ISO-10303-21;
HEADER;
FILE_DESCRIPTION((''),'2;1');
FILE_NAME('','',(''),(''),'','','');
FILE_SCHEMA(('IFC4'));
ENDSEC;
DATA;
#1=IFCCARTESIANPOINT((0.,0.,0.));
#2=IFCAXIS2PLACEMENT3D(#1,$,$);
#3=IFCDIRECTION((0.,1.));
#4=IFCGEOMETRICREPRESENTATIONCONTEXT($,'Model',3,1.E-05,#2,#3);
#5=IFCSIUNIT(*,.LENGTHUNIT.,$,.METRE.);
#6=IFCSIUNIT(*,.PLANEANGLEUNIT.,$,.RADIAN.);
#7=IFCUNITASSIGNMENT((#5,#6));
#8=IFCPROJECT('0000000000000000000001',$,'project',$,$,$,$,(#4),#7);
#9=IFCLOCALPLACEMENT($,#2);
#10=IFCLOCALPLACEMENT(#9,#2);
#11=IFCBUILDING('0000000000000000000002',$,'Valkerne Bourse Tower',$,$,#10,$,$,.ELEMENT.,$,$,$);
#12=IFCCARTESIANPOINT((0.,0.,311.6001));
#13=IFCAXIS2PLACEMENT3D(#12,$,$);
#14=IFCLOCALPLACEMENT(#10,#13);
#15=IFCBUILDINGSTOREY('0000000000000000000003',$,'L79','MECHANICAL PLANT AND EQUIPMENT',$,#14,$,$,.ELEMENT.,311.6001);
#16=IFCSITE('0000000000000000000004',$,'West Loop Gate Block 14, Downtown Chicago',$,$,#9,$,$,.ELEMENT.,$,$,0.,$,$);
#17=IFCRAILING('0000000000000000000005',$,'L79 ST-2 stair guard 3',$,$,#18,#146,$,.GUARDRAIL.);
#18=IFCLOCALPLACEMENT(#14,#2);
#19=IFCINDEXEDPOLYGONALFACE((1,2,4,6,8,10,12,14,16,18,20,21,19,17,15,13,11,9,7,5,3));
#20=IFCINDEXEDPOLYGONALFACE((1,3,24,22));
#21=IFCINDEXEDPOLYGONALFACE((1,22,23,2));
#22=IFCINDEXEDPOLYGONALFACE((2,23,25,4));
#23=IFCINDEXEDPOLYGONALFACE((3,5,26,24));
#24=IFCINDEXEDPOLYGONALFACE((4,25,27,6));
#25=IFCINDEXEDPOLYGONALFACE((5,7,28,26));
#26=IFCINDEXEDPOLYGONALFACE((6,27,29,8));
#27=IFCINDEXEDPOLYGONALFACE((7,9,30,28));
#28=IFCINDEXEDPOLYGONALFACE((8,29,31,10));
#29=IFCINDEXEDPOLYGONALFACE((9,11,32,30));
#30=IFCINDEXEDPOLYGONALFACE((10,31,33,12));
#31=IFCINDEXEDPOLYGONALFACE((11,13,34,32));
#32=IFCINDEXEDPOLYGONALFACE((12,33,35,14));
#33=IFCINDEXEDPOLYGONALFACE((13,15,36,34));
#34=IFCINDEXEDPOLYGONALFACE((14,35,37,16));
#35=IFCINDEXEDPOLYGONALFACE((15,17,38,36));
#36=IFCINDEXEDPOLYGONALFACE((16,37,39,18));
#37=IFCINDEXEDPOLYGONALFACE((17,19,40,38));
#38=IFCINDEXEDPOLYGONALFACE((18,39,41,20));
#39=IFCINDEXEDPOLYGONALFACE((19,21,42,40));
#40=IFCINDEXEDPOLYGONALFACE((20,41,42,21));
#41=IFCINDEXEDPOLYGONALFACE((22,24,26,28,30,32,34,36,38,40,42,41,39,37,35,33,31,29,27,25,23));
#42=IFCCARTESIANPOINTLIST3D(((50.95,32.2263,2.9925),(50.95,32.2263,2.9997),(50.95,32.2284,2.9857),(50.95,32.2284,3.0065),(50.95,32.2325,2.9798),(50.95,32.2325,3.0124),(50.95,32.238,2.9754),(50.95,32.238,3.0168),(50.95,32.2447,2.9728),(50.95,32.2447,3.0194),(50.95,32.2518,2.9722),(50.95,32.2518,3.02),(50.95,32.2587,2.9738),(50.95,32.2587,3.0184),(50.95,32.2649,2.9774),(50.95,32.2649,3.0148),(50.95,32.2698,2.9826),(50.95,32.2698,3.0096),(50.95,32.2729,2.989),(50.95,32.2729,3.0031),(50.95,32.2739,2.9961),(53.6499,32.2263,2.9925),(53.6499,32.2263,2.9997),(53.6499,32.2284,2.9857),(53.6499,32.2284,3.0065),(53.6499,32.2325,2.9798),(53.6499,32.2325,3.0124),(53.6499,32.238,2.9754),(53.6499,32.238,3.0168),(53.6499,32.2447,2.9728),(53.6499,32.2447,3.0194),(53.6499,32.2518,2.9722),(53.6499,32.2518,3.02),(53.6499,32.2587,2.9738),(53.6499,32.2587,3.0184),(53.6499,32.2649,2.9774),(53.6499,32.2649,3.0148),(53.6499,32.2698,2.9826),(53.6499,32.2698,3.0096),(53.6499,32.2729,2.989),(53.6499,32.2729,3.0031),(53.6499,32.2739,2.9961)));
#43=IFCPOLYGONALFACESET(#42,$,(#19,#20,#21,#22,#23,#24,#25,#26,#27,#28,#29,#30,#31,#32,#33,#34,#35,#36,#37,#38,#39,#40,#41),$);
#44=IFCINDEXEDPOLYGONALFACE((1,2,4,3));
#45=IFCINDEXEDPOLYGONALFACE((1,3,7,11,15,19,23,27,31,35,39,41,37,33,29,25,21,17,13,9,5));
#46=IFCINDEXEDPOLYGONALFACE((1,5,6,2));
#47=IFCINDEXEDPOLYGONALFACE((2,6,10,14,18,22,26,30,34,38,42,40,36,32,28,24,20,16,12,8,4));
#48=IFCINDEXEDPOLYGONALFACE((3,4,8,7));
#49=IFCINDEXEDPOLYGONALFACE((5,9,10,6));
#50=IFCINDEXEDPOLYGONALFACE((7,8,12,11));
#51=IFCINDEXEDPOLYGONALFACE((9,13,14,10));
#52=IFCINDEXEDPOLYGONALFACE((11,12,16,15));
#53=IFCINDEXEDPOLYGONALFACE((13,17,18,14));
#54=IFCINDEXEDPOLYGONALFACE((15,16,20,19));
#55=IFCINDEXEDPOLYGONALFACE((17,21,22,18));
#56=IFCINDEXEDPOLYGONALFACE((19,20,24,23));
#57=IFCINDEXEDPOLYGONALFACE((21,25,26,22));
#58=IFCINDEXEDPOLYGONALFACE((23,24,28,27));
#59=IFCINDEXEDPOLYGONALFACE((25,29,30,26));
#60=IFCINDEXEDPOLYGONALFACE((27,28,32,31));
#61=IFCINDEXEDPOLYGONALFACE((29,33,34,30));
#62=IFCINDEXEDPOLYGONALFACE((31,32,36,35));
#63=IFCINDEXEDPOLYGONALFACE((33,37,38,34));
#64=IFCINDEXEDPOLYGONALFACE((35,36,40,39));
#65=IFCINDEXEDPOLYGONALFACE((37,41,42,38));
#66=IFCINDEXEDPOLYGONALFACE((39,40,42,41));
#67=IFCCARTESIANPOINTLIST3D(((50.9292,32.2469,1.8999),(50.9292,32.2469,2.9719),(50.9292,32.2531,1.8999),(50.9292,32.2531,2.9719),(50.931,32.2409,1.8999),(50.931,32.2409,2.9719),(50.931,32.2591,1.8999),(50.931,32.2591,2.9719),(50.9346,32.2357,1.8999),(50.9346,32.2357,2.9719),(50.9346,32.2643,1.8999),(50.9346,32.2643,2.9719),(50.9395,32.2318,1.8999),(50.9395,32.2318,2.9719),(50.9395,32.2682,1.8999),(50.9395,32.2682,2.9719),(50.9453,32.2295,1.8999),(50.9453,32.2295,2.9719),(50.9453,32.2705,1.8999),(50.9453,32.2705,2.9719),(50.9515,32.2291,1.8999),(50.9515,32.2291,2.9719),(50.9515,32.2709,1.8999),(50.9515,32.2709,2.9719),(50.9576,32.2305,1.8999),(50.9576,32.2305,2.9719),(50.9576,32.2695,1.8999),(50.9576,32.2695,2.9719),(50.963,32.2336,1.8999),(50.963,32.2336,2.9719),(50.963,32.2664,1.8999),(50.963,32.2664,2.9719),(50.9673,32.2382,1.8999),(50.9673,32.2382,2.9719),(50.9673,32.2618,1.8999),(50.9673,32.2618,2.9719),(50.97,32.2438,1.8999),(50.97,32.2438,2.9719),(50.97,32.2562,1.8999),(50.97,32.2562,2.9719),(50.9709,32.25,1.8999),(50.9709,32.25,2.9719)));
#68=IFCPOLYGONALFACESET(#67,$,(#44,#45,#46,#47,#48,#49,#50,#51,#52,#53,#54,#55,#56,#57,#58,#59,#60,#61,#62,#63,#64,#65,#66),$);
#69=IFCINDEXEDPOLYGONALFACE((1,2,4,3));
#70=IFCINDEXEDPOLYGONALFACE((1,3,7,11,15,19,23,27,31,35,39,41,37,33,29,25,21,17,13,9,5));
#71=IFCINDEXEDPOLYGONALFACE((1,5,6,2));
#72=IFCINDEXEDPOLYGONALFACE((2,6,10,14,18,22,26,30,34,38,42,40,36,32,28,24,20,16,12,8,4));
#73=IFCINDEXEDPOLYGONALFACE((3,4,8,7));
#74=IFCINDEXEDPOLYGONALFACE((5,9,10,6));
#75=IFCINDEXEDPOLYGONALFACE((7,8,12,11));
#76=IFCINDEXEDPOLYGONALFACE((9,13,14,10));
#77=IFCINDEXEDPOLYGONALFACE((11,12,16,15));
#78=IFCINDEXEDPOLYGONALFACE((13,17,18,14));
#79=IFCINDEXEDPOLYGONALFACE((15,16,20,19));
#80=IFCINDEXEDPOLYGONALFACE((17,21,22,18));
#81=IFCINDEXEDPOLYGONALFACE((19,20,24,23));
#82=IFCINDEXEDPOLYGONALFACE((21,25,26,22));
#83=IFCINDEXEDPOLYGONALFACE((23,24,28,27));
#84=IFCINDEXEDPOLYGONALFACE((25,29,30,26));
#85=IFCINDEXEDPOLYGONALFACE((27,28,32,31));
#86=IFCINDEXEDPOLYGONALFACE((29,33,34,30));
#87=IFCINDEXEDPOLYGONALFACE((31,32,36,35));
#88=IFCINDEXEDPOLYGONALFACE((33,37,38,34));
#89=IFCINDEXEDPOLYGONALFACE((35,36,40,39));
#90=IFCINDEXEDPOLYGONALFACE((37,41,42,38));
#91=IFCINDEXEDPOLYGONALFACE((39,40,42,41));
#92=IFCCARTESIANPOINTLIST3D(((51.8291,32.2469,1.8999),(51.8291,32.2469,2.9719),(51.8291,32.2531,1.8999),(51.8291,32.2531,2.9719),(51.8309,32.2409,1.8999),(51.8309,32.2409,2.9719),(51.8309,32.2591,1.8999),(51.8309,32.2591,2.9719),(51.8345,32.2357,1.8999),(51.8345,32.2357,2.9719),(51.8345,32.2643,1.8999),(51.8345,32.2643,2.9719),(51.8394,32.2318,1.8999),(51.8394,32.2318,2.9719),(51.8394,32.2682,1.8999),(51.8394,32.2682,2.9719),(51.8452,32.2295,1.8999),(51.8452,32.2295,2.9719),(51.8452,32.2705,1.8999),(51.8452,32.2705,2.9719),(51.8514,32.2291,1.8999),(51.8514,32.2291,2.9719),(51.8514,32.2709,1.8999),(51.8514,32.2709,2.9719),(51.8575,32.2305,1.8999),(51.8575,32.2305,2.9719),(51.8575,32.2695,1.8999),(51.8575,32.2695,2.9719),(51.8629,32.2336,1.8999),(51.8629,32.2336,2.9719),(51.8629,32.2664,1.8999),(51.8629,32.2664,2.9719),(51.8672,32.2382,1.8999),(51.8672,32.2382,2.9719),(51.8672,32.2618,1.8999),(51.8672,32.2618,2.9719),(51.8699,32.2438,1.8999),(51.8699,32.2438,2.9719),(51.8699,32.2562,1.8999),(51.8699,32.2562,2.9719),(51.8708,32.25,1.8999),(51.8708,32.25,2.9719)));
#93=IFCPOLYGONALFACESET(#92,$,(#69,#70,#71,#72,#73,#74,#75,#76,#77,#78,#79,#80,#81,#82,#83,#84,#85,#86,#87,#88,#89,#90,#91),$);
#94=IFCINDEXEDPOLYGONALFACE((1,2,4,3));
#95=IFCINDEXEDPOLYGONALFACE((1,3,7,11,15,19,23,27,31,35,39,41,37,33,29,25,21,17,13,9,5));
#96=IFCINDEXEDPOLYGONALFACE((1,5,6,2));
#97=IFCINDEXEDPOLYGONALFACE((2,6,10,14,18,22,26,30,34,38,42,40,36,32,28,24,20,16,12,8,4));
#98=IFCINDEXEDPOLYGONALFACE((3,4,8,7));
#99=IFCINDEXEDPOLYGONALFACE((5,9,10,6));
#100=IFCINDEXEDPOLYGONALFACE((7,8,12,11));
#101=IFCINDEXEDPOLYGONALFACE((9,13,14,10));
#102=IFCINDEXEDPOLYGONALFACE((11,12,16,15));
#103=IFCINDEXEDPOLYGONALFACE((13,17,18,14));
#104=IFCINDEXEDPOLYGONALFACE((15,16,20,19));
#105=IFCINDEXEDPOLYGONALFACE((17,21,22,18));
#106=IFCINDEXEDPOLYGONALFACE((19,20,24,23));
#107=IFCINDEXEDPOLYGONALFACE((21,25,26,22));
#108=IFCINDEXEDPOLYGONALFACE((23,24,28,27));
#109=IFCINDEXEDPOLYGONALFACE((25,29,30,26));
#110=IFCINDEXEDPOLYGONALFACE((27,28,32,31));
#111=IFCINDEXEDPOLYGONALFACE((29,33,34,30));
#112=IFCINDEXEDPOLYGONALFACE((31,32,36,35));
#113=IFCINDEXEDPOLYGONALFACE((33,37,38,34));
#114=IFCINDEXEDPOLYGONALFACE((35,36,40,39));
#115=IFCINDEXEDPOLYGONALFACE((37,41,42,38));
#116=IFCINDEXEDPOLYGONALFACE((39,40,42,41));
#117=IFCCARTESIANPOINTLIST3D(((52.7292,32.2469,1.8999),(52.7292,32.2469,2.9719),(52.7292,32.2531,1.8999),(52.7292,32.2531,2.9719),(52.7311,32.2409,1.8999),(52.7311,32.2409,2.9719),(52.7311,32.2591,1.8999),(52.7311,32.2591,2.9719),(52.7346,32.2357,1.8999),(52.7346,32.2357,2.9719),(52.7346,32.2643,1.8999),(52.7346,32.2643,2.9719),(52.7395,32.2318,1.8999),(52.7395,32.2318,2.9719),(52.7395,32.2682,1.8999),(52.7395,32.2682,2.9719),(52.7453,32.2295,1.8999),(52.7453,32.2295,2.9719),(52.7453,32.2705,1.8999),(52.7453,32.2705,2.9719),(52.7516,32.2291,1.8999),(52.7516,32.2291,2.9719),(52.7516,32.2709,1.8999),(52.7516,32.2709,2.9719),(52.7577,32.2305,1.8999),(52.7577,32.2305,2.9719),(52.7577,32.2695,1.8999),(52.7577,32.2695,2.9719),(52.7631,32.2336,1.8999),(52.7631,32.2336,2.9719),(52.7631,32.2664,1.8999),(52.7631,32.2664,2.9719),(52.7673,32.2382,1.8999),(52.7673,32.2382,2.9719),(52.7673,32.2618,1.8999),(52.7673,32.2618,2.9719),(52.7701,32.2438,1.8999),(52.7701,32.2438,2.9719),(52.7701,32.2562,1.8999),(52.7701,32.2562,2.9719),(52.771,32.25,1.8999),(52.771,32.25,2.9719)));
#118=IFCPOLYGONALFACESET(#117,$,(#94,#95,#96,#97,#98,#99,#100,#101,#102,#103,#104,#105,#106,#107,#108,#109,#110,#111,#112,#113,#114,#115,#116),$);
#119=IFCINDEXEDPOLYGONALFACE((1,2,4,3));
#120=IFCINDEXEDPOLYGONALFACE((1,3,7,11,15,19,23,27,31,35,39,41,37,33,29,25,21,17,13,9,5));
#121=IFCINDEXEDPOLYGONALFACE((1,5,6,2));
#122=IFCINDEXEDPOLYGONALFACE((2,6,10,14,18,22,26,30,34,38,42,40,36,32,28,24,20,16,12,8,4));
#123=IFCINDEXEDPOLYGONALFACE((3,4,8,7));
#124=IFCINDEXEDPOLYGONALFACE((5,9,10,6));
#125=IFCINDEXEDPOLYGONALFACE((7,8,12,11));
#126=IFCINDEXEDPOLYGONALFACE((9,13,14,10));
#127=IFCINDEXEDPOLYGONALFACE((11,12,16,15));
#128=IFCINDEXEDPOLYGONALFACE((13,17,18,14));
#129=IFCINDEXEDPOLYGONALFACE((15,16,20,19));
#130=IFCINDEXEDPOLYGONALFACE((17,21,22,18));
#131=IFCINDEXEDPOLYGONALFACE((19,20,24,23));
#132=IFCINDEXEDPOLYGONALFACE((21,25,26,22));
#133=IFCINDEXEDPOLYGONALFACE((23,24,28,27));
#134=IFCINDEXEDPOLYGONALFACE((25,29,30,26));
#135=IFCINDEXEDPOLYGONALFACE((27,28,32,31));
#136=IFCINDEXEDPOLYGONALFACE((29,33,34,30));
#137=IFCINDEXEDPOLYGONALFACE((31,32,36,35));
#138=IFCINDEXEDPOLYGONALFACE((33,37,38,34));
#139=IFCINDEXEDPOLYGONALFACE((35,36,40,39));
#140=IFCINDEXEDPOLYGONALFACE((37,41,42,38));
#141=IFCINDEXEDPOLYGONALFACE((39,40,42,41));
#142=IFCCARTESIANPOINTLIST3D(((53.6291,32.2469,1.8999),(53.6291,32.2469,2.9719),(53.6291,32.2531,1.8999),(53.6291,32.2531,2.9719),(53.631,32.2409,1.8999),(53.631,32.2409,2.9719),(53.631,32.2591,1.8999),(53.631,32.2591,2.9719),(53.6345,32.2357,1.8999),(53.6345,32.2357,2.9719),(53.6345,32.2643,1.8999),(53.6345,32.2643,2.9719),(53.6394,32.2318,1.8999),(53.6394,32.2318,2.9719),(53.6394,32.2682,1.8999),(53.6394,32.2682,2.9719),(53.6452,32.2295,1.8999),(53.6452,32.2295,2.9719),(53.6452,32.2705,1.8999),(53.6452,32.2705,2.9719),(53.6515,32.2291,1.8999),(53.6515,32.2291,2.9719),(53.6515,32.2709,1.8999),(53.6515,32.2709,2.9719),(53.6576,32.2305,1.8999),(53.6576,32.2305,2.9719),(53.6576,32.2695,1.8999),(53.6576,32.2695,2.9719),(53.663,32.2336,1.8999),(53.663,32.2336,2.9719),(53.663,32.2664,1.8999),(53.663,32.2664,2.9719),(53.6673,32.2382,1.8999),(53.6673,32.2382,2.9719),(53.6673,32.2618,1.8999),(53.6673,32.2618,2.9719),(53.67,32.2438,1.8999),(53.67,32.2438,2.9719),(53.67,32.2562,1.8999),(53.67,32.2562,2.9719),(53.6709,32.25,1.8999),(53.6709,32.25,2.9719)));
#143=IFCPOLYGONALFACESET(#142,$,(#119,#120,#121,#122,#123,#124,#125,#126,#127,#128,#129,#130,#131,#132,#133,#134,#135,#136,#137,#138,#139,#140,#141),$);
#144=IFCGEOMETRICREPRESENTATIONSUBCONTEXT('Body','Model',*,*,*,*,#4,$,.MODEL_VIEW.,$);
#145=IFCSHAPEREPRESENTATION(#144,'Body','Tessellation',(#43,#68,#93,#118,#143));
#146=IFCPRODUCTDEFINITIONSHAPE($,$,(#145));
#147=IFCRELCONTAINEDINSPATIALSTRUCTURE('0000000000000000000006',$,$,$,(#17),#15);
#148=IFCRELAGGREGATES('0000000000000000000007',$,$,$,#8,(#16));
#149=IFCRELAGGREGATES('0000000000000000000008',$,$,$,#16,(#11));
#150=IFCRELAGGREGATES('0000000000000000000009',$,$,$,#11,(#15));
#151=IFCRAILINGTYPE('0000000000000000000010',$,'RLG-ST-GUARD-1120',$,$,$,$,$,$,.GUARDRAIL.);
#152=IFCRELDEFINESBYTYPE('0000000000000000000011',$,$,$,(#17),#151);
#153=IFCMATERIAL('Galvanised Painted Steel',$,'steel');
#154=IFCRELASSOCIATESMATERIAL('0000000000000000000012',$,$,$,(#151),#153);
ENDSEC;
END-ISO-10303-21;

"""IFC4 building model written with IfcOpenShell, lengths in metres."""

from ifc_helpers import new_model, si_unit, direction, frame, origin, origin_2d, place, context, subcontext, project, spatial, circle, extrude, material, type_object, element, save


model = new_model("IFC4")

# Units and contexts
model_context = context("Model", 3, precision=1e-05, world=origin(), true_north=direction((0.0, 1.0)))
body_context = subcontext(model_context, "Body", "Model", "MODEL_VIEW")
ifc_project = project(units=[si_unit("LENGTHUNIT", "METRE"), si_unit("PLANEANGLEUNIT", "RADIAN")], contexts=[model_context])

# Site, building, storey
site_placement = place(None, origin())
site = spatial("IfcSite", under=ifc_project, at=site_placement, Name="West Loop Gate Block 14, Downtown Chicago", CompositionType="ELEMENT", RefElevation=0.0)
building_placement = place(site_placement, origin())
building = spatial("IfcBuilding", under=site, at=building_placement, Name="Valkerne Bourse Tower", CompositionType="ELEMENT")
storey_placement = place(building_placement, frame((0.0, 0.0, 311.6001)))
storey = spatial("IfcBuildingStorey", under=building, at=storey_placement, Name="L79", Description="MECHANICAL PLANT AND EQUIPMENT", CompositionType="ELEMENT", Elevation=311.6001)

# Shared definitions
ifc_material_1 = material(Name="Galvanised Painted Steel", Category="steel")

# Railing
railing_type_1 = type_object("IfcRailingType", Name="RLG-ST-GUARD-1120", PredefinedType="GUARDRAIL", material=ifc_material_1)
railing_1_placement = place(storey_placement, frame((50.95, 32.25, 1.8999)))
element("IfcRailing", 1, at=railing_1_placement, inside=storey, type_object=railing_type_1, Name="L79 ST-2 stair guard 3", PredefinedType="GUARDRAIL", context=body_context, shape_type="SweptSolid", body=[
    extrude(circle(Radius=0.0239, at=origin_2d()), frame((0.0, 0.0, 1.0962), z_axis=(1.0, 0.0, 0.0), x_axis=(0.0, 1.0, 0.0)), (0.0, 0.0, 1.0), 2.7),
    extrude(circle(Radius=0.021, at=origin_2d()), origin(), (0.0, 0.0, 1.0), 1.072),
    extrude(circle(Radius=0.021, at=origin_2d()), frame((0.8999, 0.0, 0.0)), (0.0, 0.0, 1.0), 1.072),
    extrude(circle(Radius=0.021, at=origin_2d()), frame((1.8, 0.0, 0.0)), (0.0, 0.0, 1.0), 1.072),
    extrude(circle(Radius=0.021, at=origin_2d()), frame((2.7, 0.0, 0.0)), (0.0, 0.0, 1.0), 1.072),
])

save(model, "model.ifc")
